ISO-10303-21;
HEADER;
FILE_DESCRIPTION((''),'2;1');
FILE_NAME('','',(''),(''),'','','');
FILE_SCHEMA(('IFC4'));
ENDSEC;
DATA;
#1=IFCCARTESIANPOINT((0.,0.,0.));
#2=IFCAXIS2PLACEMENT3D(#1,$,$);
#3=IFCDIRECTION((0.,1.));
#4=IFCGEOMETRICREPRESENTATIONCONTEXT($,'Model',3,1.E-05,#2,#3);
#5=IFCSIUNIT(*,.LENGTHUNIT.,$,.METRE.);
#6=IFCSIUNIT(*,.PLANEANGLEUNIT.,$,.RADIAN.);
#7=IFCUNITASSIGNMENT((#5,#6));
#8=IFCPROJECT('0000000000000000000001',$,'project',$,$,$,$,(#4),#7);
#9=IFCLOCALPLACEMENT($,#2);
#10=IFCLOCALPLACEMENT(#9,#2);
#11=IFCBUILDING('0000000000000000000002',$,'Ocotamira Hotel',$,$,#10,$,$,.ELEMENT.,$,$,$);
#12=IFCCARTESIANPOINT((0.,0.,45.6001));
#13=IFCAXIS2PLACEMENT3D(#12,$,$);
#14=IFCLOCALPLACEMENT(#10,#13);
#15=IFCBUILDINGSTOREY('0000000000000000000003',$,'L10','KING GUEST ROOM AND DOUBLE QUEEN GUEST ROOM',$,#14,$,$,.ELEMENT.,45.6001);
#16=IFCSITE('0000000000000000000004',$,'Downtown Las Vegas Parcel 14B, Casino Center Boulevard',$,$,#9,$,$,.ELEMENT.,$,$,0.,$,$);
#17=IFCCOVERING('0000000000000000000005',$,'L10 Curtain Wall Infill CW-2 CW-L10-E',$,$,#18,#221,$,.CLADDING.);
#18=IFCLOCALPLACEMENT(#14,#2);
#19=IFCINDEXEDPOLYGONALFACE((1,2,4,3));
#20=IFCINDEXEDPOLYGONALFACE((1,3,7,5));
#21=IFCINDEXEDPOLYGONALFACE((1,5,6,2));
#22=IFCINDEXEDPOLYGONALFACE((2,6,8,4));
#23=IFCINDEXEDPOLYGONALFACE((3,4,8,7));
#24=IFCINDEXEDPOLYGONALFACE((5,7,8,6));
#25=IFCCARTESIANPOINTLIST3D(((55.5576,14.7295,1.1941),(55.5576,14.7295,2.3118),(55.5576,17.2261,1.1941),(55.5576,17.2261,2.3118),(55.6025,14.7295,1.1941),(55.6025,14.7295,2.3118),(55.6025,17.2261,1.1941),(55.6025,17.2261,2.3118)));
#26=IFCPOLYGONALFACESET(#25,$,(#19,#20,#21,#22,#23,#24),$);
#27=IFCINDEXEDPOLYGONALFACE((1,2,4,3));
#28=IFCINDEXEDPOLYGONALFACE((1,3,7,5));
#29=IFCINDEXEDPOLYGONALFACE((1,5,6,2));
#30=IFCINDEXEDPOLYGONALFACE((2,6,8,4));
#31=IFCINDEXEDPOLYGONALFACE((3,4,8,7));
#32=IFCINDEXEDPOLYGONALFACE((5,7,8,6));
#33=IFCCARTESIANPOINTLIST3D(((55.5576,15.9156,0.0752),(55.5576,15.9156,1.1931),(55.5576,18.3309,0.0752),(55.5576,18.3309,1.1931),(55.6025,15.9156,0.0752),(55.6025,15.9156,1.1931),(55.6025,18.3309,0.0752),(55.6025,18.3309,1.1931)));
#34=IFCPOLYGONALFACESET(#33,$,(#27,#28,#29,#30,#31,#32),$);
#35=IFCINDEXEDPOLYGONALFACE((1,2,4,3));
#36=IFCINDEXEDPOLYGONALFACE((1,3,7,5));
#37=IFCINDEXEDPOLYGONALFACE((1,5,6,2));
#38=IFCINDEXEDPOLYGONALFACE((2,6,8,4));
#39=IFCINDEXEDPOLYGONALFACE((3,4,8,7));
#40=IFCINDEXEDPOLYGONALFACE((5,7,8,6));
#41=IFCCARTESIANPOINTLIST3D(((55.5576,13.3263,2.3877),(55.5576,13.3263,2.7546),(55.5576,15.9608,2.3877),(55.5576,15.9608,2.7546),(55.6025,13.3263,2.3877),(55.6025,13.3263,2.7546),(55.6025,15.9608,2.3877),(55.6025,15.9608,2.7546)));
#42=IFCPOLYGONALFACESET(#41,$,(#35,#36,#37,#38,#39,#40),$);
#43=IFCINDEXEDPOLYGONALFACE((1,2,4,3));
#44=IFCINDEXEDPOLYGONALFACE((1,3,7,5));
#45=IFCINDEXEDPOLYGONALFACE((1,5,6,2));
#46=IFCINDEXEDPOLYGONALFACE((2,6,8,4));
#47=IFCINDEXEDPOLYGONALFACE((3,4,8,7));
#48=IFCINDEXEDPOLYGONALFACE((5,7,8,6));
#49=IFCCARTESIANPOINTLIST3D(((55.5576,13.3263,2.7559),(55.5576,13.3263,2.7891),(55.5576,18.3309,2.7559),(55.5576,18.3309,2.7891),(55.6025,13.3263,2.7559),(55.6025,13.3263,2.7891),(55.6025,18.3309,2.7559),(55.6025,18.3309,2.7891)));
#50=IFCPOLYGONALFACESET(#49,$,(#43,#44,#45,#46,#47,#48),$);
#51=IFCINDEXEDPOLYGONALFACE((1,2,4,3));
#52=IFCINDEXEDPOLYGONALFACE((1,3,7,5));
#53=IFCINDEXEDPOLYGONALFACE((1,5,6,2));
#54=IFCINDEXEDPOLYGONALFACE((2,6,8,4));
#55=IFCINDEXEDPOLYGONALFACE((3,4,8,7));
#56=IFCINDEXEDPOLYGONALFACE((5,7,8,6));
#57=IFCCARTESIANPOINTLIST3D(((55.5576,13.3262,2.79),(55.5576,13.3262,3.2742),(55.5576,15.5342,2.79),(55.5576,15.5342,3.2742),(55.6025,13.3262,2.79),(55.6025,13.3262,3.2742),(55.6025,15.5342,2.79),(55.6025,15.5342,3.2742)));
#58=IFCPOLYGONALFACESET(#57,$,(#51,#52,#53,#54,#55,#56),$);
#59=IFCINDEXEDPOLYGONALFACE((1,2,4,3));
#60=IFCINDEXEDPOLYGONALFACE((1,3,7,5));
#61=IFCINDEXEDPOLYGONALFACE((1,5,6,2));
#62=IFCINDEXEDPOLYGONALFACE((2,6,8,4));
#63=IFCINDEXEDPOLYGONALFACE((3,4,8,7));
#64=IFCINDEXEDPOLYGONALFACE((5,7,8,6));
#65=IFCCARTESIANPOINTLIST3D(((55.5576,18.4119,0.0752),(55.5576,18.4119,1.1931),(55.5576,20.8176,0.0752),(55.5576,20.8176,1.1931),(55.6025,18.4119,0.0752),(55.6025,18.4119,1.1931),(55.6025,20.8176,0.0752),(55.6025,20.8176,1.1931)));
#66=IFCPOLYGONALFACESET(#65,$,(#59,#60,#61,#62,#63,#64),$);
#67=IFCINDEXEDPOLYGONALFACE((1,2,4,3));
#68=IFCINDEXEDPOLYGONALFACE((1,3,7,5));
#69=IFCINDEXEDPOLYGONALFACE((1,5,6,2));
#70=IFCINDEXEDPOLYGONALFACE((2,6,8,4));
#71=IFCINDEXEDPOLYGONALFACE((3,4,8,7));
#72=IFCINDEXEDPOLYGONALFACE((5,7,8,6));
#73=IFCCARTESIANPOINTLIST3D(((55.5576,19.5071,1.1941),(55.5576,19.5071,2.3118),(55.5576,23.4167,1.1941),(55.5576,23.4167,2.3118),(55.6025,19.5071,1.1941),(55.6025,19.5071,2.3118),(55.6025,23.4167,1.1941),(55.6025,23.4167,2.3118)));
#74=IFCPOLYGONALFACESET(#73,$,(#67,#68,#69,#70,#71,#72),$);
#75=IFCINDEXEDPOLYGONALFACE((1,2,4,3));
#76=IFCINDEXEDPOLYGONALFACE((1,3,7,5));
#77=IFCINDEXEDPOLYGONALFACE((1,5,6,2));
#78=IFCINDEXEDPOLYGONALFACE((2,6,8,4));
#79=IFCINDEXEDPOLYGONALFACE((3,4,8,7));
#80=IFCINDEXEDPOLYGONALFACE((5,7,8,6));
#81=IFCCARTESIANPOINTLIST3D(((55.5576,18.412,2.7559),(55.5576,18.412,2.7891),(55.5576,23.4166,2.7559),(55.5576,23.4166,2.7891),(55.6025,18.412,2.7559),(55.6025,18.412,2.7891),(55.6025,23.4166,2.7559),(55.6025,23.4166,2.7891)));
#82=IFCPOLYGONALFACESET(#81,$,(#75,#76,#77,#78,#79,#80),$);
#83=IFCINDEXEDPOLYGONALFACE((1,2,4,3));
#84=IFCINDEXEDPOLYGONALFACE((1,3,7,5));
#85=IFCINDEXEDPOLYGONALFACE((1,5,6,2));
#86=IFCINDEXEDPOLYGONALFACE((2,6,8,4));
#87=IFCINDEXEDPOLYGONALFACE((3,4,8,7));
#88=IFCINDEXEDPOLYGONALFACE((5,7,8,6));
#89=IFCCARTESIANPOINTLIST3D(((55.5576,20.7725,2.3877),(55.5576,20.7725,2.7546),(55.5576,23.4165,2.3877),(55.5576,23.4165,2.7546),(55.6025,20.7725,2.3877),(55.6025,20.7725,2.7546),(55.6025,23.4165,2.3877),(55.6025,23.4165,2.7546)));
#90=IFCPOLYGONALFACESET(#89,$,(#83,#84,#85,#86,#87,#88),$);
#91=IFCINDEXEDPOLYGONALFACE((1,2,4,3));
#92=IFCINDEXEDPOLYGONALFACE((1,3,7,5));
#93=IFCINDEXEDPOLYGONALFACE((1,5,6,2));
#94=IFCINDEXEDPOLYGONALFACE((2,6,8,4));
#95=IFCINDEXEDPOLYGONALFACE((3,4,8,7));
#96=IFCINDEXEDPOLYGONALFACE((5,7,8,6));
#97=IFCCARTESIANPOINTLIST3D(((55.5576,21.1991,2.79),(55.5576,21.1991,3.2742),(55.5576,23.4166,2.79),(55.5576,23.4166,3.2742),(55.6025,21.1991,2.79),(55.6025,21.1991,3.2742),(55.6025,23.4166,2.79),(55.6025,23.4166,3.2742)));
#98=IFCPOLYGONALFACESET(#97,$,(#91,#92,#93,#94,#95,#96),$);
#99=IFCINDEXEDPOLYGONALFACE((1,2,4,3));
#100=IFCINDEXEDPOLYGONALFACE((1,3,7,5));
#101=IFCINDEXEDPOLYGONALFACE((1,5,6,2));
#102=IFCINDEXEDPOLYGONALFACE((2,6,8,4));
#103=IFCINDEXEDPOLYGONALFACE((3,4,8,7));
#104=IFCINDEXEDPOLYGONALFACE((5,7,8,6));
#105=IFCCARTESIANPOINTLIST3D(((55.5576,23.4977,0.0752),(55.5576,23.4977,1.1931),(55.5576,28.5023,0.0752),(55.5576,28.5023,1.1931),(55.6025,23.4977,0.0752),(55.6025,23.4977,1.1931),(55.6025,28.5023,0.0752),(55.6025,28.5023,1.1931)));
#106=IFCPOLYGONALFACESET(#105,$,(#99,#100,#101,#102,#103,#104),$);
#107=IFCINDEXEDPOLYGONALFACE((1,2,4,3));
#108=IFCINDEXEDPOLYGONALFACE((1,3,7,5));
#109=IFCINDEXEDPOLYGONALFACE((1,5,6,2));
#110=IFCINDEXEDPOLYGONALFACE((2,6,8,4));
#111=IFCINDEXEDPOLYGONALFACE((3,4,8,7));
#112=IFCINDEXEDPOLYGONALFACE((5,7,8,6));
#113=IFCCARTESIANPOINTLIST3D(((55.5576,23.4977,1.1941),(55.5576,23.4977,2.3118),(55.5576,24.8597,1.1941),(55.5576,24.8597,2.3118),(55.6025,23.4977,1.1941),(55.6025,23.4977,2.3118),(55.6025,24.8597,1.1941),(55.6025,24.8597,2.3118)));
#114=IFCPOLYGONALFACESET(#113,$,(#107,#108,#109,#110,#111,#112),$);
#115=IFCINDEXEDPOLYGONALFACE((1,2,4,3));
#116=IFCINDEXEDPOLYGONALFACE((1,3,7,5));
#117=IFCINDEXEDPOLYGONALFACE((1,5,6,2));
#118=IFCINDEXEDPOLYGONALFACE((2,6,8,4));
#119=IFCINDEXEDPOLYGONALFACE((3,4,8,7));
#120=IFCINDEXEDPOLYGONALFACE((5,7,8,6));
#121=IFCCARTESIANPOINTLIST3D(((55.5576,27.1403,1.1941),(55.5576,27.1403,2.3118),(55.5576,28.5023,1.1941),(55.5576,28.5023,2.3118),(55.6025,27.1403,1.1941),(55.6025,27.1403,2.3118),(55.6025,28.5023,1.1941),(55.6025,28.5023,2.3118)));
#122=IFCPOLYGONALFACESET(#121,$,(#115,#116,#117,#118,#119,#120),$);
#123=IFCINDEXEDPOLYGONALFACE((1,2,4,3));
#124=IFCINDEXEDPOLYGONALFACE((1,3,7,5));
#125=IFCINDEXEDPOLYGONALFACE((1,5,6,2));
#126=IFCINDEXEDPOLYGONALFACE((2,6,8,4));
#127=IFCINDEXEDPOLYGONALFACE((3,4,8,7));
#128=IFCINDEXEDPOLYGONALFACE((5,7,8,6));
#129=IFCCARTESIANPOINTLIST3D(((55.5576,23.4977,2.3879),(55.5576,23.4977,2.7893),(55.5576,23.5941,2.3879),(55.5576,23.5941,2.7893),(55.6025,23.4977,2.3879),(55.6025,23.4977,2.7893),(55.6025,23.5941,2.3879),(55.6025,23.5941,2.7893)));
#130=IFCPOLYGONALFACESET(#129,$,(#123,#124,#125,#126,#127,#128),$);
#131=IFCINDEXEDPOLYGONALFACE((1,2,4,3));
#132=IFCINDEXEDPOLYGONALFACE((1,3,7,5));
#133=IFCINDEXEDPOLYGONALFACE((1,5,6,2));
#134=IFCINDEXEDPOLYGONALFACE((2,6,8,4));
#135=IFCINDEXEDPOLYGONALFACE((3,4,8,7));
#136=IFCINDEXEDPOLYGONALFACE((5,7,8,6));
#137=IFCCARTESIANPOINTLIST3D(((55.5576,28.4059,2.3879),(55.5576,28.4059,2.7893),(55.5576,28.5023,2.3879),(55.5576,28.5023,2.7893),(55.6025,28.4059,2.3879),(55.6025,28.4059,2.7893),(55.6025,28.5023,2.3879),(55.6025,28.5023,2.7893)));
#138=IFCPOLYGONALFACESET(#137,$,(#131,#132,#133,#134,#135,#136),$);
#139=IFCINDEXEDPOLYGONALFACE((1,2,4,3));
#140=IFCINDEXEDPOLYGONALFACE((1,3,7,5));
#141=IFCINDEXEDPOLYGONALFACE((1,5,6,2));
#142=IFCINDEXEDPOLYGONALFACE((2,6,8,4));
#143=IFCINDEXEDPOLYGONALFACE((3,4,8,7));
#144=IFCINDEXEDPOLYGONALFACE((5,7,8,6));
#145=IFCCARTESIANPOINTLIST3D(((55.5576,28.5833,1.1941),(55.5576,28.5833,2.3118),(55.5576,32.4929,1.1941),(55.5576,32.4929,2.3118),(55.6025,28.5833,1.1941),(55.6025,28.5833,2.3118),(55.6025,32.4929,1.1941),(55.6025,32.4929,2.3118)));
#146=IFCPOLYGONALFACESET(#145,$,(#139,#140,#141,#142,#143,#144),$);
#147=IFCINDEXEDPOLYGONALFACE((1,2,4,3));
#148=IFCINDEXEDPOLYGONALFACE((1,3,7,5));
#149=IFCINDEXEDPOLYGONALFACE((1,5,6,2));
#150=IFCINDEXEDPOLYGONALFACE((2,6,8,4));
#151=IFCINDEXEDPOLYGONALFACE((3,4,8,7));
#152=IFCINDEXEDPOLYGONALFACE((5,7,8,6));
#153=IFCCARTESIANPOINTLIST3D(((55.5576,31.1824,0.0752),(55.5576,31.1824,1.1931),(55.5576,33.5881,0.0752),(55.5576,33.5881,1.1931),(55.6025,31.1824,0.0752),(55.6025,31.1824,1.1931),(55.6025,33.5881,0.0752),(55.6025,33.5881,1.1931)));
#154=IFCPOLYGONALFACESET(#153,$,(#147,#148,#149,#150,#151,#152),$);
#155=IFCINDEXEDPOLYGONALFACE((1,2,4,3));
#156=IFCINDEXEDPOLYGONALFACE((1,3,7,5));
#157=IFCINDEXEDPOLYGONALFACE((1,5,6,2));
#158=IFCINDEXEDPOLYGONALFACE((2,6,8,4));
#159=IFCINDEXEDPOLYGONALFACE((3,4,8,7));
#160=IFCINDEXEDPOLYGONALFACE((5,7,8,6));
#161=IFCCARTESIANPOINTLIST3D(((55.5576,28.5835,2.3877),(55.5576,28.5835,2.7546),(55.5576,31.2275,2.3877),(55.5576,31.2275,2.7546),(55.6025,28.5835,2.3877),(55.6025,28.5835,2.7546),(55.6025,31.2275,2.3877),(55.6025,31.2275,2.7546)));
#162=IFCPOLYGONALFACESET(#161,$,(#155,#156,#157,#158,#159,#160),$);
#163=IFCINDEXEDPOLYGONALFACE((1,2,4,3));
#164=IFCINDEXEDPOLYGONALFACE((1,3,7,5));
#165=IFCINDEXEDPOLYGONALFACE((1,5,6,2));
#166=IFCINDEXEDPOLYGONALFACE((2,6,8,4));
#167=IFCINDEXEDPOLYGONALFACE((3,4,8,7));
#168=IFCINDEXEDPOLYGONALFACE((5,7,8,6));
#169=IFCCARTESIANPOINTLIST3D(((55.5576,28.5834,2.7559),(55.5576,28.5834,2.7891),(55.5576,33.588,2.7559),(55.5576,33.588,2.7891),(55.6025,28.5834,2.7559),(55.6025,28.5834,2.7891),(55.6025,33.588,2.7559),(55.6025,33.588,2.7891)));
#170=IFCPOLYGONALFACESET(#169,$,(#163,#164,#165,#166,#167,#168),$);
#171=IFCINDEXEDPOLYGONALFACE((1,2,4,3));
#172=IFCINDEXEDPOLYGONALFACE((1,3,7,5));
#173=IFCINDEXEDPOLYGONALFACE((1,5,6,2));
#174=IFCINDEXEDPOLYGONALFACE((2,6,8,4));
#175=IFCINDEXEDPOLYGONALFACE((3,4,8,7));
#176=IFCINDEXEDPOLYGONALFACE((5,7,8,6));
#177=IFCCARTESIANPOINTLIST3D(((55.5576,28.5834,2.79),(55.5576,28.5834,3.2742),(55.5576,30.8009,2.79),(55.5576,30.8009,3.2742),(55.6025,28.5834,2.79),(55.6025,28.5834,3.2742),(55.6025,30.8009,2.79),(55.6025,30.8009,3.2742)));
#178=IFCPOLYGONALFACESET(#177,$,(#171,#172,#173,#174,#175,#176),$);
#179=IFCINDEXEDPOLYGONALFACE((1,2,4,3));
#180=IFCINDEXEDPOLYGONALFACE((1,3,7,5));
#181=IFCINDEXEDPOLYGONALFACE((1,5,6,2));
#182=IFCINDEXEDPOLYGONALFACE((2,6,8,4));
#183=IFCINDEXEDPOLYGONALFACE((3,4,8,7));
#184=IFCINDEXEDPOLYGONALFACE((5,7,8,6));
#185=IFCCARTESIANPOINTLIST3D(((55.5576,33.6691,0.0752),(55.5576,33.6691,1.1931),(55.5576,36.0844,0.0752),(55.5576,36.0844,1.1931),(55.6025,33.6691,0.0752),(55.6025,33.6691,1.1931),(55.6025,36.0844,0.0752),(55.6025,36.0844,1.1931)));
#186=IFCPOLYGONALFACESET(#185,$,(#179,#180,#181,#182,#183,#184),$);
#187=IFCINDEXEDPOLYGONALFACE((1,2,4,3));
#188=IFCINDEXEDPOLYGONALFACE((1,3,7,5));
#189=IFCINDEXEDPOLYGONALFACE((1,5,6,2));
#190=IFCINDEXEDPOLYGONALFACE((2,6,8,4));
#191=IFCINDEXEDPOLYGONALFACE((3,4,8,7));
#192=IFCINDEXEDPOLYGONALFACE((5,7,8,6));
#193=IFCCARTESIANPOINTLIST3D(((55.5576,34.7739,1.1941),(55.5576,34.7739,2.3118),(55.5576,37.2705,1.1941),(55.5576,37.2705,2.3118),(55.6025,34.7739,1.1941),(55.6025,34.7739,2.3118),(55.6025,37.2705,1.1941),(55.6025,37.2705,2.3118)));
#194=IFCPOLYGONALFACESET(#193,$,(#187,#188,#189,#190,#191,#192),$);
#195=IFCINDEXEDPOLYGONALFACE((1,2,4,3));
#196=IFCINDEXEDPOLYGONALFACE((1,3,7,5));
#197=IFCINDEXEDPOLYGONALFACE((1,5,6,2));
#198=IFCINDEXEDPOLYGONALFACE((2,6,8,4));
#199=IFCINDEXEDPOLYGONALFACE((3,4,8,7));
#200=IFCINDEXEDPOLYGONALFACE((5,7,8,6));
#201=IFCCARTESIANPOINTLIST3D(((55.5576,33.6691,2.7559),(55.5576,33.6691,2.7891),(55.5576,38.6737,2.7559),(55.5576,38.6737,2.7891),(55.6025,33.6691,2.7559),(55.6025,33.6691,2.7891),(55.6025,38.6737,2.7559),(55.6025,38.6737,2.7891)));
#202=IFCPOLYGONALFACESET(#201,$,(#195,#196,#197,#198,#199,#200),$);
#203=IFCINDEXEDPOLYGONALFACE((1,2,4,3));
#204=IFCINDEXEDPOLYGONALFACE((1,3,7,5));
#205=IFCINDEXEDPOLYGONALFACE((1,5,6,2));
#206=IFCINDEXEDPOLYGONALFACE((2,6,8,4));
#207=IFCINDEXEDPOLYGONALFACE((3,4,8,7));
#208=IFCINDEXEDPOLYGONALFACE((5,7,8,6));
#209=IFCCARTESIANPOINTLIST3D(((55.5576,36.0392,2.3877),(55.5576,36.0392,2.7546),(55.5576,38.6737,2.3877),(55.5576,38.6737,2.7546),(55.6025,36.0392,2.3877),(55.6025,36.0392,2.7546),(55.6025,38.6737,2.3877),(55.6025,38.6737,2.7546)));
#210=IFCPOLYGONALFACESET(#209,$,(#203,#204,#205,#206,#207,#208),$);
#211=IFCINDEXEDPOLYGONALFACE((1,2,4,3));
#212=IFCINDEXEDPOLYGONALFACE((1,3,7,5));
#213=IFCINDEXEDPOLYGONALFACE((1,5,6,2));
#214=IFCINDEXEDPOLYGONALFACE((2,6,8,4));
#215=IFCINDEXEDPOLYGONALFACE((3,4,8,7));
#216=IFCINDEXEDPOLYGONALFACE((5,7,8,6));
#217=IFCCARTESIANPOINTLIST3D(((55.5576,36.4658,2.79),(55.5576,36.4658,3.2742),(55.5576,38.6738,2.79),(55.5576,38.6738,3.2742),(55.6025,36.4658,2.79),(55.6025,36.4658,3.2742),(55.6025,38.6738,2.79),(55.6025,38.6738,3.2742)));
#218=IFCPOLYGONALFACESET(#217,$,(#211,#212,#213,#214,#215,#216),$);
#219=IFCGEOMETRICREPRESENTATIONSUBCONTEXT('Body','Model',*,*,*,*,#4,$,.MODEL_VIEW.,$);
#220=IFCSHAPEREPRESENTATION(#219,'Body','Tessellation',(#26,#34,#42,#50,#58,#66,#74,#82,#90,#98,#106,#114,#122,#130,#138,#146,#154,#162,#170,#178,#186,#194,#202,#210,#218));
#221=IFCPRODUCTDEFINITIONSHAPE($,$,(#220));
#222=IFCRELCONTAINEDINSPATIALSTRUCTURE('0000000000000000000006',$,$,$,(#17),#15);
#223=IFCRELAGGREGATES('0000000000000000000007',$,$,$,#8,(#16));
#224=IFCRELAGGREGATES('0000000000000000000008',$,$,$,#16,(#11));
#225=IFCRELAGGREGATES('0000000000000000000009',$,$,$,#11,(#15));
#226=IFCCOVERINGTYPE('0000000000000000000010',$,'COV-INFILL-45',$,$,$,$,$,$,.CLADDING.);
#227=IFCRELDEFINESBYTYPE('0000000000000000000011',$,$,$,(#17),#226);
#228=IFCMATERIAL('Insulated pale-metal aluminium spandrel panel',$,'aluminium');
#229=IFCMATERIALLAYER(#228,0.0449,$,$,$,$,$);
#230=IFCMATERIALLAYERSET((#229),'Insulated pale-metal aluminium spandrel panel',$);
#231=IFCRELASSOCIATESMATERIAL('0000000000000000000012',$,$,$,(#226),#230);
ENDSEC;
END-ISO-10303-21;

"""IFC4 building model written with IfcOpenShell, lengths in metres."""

from ifc_helpers import new_model, si_unit, direction, frame, origin, origin_2d, place, context, subcontext, project, spatial, rectangle, extrude, material, layer, layer_set, type_object, element, save


model = new_model("IFC4")

# Units and contexts
model_context = context("Model", 3, precision=1e-05, world=origin(), true_north=direction((0.0, 1.0)))
body_context = subcontext(model_context, "Body", "Model", "MODEL_VIEW")
ifc_project = project(units=[si_unit("LENGTHUNIT", "METRE"), si_unit("PLANEANGLEUNIT", "RADIAN")], contexts=[model_context])

# Site, building, storey
site_placement = place(None, origin())
site = spatial("IfcSite", under=ifc_project, at=site_placement, Name="Downtown Las Vegas Parcel 14B, Casino Center Boulevard", CompositionType="ELEMENT", RefElevation=0.0)
building_placement = place(site_placement, origin())
building = spatial("IfcBuilding", under=site, at=building_placement, Name="Ocotamira Hotel", CompositionType="ELEMENT")
storey_placement = place(building_placement, frame((0.0, 0.0, 45.6001)))
storey = spatial("IfcBuildingStorey", under=building, at=storey_placement, Name="L10", Description="KING GUEST ROOM AND DOUBLE QUEEN GUEST ROOM", CompositionType="ELEMENT", Elevation=45.6001)

# Covering
ifc_material_1 = material(Name="Insulated pale-metal aluminium spandrel panel", Category="aluminium")
ifc_layer_1 = layer(ifc_material_1, 0.0449)
ifc_layer_set_1 = layer_set([ifc_layer_1], Name="Insulated pale-metal aluminium spandrel panel")
covering_type_1 = type_object("IfcCoveringType", Name="COV-INFILL-45", PredefinedType="CLADDING", material=ifc_layer_set_1)
covering_1_placement = place(storey_placement, origin())
element("IfcCovering", 1, at=covering_1_placement, inside=storey, type_object=covering_type_1, Name="L10 Curtain Wall Infill CW-2 CW-L10-E", PredefinedType="CLADDING", context=body_context, shape_type="SweptSolid", body=[
    extrude(rectangle(XDim=2.4966, YDim=0.0449, at=origin_2d()), frame((55.5801, 15.9778, 1.1941), z_axis=(0.0, 0.0, 1.0), x_axis=(0.0, 1.0, 0.0)), (0.0, 0.0, 1.0), 1.1177),
    extrude(rectangle(XDim=2.4153, YDim=0.0449, at=origin_2d()), frame((55.5801, 17.1233, 0.0752), z_axis=(0.0, 0.0, 1.0), x_axis=(0.0, 1.0, 0.0)), (0.0, 0.0, 1.0), 1.1179),
    extrude(rectangle(XDim=2.6345, YDim=0.0449, at=origin_2d()), frame((55.5801, 14.6436, 2.3877), z_axis=(0.0, 0.0, 1.0), x_axis=(0.0, 1.0, 0.0)), (0.0, 0.0, 1.0), 0.3669),
    extrude(rectangle(XDim=5.0046, YDim=0.0449, at=origin_2d()), frame((55.5801, 15.8286, 2.7559), z_axis=(0.0, 0.0, 1.0), x_axis=(0.0, 1.0, 0.0)), (0.0, 0.0, 1.0), 0.0332),
    extrude(rectangle(XDim=2.208, YDim=0.0449, at=origin_2d()), frame((55.5801, 14.4302, 2.79), z_axis=(0.0, 0.0, 1.0), x_axis=(0.0, 1.0, 0.0)), (0.0, 0.0, 1.0), 0.4841),
    extrude(rectangle(XDim=2.4058, YDim=0.0449, at=origin_2d()), frame((55.5801, 19.6147, 0.0752), z_axis=(0.0, 0.0, 1.0), x_axis=(0.0, 1.0, 0.0)), (0.0, 0.0, 1.0), 1.1179),
    extrude(rectangle(XDim=3.9097, YDim=0.0449, at=origin_2d()), frame((55.5801, 21.4619, 1.1941), z_axis=(0.0, 0.0, 1.0), x_axis=(0.0, 1.0, 0.0)), (0.0, 0.0, 1.0), 1.1177),
    extrude(rectangle(XDim=5.0046, YDim=0.0449, at=origin_2d()), frame((55.5801, 20.9143, 2.7559), z_axis=(0.0, 0.0, 1.0), x_axis=(0.0, 1.0, 0.0)), (0.0, 0.0, 1.0), 0.0332),
    extrude(rectangle(XDim=2.644, YDim=0.0449, at=origin_2d()), frame((55.5801, 22.0945, 2.3877), z_axis=(0.0, 0.0, 1.0), x_axis=(0.0, 1.0, 0.0)), (0.0, 0.0, 1.0), 0.3669),
    extrude(rectangle(XDim=2.2175, YDim=0.0449, at=origin_2d()), frame((55.5801, 22.3079, 2.79), z_axis=(0.0, 0.0, 1.0), x_axis=(0.0, 1.0, 0.0)), (0.0, 0.0, 1.0), 0.4841),
    extrude(rectangle(XDim=5.0046, YDim=0.0449, at=origin_2d()), frame((55.5801, 26.0, 0.0752), z_axis=(0.0, 0.0, 1.0), x_axis=(0.0, 1.0, 0.0)), (0.0, 0.0, 1.0), 1.1179),
    extrude(rectangle(XDim=1.3621, YDim=0.0449, at=origin_2d()), frame((55.5801, 24.1787, 1.1941), z_axis=(0.0, 0.0, 1.0), x_axis=(0.0, 1.0, 0.0)), (0.0, 0.0, 1.0), 1.1177),
    extrude(rectangle(XDim=1.3621, YDim=0.0449, at=origin_2d()), frame((55.5801, 27.8213, 1.1941), z_axis=(0.0, 0.0, 1.0), x_axis=(0.0, 1.0, 0.0)), (0.0, 0.0, 1.0), 1.1177),
    extrude(rectangle(XDim=0.0964, YDim=0.0449, at=origin_2d()), frame((55.5801, 23.5459, 2.3879), z_axis=(0.0, 0.0, 1.0), x_axis=(0.0, 1.0, 0.0)), (0.0, 0.0, 1.0), 0.4014),
    extrude(rectangle(XDim=0.0964, YDim=0.0449, at=origin_2d()), frame((55.5801, 28.4541, 2.3879), z_axis=(0.0, 0.0, 1.0), x_axis=(0.0, 1.0, 0.0)), (0.0, 0.0, 1.0), 0.4014),
    extrude(rectangle(XDim=3.9097, YDim=0.0449, at=origin_2d()), frame((55.5801, 30.5381, 1.1941), z_axis=(0.0, 0.0, 1.0), x_axis=(0.0, 1.0, 0.0)), (0.0, 0.0, 1.0), 1.1177),
    extrude(rectangle(XDim=2.4058, YDim=0.0449, at=origin_2d()), frame((55.5801, 32.3853, 0.0752), z_axis=(0.0, 0.0, 1.0), x_axis=(0.0, 1.0, 0.0)), (0.0, 0.0, 1.0), 1.1179),
    extrude(rectangle(XDim=2.644, YDim=0.0449, at=origin_2d()), frame((55.5801, 29.9055, 2.3877), z_axis=(0.0, 0.0, 1.0), x_axis=(0.0, 1.0, 0.0)), (0.0, 0.0, 1.0), 0.3669),
    extrude(rectangle(XDim=5.0046, YDim=0.0449, at=origin_2d()), frame((55.5801, 31.0857, 2.7559), z_axis=(0.0, 0.0, 1.0), x_axis=(0.0, 1.0, 0.0)), (0.0, 0.0, 1.0), 0.0332),
    extrude(rectangle(XDim=2.2175, YDim=0.0449, at=origin_2d()), frame((55.5801, 29.6921, 2.79), z_axis=(0.0, 0.0, 1.0), x_axis=(0.0, 1.0, 0.0)), (0.0, 0.0, 1.0), 0.4841),
    extrude(rectangle(XDim=2.4153, YDim=0.0449, at=origin_2d()), frame((55.5801, 34.8767, 0.0752), z_axis=(0.0, 0.0, 1.0), x_axis=(0.0, 1.0, 0.0)), (0.0, 0.0, 1.0), 1.1179),
    extrude(rectangle(XDim=2.4966, YDim=0.0449, at=origin_2d()), frame((55.5801, 36.0222, 1.1941), z_axis=(0.0, 0.0, 1.0), x_axis=(0.0, 1.0, 0.0)), (0.0, 0.0, 1.0), 1.1177),
    extrude(rectangle(XDim=5.0046, YDim=0.0449, at=origin_2d()), frame((55.5801, 36.1714, 2.7559), z_axis=(0.0, 0.0, 1.0), x_axis=(0.0, 1.0, 0.0)), (0.0, 0.0, 1.0), 0.0332),
    extrude(rectangle(XDim=2.6345, YDim=0.0449, at=origin_2d()), frame((55.5801, 37.3564, 2.3877), z_axis=(0.0, 0.0, 1.0), x_axis=(0.0, 1.0, 0.0)), (0.0, 0.0, 1.0), 0.3669),
    extrude(rectangle(XDim=2.208, YDim=0.0449, at=origin_2d()), frame((55.5801, 37.5698, 2.79), z_axis=(0.0, 0.0, 1.0), x_axis=(0.0, 1.0, 0.0)), (0.0, 0.0, 1.0), 0.4841),
])

save(model, "model.ifc")
